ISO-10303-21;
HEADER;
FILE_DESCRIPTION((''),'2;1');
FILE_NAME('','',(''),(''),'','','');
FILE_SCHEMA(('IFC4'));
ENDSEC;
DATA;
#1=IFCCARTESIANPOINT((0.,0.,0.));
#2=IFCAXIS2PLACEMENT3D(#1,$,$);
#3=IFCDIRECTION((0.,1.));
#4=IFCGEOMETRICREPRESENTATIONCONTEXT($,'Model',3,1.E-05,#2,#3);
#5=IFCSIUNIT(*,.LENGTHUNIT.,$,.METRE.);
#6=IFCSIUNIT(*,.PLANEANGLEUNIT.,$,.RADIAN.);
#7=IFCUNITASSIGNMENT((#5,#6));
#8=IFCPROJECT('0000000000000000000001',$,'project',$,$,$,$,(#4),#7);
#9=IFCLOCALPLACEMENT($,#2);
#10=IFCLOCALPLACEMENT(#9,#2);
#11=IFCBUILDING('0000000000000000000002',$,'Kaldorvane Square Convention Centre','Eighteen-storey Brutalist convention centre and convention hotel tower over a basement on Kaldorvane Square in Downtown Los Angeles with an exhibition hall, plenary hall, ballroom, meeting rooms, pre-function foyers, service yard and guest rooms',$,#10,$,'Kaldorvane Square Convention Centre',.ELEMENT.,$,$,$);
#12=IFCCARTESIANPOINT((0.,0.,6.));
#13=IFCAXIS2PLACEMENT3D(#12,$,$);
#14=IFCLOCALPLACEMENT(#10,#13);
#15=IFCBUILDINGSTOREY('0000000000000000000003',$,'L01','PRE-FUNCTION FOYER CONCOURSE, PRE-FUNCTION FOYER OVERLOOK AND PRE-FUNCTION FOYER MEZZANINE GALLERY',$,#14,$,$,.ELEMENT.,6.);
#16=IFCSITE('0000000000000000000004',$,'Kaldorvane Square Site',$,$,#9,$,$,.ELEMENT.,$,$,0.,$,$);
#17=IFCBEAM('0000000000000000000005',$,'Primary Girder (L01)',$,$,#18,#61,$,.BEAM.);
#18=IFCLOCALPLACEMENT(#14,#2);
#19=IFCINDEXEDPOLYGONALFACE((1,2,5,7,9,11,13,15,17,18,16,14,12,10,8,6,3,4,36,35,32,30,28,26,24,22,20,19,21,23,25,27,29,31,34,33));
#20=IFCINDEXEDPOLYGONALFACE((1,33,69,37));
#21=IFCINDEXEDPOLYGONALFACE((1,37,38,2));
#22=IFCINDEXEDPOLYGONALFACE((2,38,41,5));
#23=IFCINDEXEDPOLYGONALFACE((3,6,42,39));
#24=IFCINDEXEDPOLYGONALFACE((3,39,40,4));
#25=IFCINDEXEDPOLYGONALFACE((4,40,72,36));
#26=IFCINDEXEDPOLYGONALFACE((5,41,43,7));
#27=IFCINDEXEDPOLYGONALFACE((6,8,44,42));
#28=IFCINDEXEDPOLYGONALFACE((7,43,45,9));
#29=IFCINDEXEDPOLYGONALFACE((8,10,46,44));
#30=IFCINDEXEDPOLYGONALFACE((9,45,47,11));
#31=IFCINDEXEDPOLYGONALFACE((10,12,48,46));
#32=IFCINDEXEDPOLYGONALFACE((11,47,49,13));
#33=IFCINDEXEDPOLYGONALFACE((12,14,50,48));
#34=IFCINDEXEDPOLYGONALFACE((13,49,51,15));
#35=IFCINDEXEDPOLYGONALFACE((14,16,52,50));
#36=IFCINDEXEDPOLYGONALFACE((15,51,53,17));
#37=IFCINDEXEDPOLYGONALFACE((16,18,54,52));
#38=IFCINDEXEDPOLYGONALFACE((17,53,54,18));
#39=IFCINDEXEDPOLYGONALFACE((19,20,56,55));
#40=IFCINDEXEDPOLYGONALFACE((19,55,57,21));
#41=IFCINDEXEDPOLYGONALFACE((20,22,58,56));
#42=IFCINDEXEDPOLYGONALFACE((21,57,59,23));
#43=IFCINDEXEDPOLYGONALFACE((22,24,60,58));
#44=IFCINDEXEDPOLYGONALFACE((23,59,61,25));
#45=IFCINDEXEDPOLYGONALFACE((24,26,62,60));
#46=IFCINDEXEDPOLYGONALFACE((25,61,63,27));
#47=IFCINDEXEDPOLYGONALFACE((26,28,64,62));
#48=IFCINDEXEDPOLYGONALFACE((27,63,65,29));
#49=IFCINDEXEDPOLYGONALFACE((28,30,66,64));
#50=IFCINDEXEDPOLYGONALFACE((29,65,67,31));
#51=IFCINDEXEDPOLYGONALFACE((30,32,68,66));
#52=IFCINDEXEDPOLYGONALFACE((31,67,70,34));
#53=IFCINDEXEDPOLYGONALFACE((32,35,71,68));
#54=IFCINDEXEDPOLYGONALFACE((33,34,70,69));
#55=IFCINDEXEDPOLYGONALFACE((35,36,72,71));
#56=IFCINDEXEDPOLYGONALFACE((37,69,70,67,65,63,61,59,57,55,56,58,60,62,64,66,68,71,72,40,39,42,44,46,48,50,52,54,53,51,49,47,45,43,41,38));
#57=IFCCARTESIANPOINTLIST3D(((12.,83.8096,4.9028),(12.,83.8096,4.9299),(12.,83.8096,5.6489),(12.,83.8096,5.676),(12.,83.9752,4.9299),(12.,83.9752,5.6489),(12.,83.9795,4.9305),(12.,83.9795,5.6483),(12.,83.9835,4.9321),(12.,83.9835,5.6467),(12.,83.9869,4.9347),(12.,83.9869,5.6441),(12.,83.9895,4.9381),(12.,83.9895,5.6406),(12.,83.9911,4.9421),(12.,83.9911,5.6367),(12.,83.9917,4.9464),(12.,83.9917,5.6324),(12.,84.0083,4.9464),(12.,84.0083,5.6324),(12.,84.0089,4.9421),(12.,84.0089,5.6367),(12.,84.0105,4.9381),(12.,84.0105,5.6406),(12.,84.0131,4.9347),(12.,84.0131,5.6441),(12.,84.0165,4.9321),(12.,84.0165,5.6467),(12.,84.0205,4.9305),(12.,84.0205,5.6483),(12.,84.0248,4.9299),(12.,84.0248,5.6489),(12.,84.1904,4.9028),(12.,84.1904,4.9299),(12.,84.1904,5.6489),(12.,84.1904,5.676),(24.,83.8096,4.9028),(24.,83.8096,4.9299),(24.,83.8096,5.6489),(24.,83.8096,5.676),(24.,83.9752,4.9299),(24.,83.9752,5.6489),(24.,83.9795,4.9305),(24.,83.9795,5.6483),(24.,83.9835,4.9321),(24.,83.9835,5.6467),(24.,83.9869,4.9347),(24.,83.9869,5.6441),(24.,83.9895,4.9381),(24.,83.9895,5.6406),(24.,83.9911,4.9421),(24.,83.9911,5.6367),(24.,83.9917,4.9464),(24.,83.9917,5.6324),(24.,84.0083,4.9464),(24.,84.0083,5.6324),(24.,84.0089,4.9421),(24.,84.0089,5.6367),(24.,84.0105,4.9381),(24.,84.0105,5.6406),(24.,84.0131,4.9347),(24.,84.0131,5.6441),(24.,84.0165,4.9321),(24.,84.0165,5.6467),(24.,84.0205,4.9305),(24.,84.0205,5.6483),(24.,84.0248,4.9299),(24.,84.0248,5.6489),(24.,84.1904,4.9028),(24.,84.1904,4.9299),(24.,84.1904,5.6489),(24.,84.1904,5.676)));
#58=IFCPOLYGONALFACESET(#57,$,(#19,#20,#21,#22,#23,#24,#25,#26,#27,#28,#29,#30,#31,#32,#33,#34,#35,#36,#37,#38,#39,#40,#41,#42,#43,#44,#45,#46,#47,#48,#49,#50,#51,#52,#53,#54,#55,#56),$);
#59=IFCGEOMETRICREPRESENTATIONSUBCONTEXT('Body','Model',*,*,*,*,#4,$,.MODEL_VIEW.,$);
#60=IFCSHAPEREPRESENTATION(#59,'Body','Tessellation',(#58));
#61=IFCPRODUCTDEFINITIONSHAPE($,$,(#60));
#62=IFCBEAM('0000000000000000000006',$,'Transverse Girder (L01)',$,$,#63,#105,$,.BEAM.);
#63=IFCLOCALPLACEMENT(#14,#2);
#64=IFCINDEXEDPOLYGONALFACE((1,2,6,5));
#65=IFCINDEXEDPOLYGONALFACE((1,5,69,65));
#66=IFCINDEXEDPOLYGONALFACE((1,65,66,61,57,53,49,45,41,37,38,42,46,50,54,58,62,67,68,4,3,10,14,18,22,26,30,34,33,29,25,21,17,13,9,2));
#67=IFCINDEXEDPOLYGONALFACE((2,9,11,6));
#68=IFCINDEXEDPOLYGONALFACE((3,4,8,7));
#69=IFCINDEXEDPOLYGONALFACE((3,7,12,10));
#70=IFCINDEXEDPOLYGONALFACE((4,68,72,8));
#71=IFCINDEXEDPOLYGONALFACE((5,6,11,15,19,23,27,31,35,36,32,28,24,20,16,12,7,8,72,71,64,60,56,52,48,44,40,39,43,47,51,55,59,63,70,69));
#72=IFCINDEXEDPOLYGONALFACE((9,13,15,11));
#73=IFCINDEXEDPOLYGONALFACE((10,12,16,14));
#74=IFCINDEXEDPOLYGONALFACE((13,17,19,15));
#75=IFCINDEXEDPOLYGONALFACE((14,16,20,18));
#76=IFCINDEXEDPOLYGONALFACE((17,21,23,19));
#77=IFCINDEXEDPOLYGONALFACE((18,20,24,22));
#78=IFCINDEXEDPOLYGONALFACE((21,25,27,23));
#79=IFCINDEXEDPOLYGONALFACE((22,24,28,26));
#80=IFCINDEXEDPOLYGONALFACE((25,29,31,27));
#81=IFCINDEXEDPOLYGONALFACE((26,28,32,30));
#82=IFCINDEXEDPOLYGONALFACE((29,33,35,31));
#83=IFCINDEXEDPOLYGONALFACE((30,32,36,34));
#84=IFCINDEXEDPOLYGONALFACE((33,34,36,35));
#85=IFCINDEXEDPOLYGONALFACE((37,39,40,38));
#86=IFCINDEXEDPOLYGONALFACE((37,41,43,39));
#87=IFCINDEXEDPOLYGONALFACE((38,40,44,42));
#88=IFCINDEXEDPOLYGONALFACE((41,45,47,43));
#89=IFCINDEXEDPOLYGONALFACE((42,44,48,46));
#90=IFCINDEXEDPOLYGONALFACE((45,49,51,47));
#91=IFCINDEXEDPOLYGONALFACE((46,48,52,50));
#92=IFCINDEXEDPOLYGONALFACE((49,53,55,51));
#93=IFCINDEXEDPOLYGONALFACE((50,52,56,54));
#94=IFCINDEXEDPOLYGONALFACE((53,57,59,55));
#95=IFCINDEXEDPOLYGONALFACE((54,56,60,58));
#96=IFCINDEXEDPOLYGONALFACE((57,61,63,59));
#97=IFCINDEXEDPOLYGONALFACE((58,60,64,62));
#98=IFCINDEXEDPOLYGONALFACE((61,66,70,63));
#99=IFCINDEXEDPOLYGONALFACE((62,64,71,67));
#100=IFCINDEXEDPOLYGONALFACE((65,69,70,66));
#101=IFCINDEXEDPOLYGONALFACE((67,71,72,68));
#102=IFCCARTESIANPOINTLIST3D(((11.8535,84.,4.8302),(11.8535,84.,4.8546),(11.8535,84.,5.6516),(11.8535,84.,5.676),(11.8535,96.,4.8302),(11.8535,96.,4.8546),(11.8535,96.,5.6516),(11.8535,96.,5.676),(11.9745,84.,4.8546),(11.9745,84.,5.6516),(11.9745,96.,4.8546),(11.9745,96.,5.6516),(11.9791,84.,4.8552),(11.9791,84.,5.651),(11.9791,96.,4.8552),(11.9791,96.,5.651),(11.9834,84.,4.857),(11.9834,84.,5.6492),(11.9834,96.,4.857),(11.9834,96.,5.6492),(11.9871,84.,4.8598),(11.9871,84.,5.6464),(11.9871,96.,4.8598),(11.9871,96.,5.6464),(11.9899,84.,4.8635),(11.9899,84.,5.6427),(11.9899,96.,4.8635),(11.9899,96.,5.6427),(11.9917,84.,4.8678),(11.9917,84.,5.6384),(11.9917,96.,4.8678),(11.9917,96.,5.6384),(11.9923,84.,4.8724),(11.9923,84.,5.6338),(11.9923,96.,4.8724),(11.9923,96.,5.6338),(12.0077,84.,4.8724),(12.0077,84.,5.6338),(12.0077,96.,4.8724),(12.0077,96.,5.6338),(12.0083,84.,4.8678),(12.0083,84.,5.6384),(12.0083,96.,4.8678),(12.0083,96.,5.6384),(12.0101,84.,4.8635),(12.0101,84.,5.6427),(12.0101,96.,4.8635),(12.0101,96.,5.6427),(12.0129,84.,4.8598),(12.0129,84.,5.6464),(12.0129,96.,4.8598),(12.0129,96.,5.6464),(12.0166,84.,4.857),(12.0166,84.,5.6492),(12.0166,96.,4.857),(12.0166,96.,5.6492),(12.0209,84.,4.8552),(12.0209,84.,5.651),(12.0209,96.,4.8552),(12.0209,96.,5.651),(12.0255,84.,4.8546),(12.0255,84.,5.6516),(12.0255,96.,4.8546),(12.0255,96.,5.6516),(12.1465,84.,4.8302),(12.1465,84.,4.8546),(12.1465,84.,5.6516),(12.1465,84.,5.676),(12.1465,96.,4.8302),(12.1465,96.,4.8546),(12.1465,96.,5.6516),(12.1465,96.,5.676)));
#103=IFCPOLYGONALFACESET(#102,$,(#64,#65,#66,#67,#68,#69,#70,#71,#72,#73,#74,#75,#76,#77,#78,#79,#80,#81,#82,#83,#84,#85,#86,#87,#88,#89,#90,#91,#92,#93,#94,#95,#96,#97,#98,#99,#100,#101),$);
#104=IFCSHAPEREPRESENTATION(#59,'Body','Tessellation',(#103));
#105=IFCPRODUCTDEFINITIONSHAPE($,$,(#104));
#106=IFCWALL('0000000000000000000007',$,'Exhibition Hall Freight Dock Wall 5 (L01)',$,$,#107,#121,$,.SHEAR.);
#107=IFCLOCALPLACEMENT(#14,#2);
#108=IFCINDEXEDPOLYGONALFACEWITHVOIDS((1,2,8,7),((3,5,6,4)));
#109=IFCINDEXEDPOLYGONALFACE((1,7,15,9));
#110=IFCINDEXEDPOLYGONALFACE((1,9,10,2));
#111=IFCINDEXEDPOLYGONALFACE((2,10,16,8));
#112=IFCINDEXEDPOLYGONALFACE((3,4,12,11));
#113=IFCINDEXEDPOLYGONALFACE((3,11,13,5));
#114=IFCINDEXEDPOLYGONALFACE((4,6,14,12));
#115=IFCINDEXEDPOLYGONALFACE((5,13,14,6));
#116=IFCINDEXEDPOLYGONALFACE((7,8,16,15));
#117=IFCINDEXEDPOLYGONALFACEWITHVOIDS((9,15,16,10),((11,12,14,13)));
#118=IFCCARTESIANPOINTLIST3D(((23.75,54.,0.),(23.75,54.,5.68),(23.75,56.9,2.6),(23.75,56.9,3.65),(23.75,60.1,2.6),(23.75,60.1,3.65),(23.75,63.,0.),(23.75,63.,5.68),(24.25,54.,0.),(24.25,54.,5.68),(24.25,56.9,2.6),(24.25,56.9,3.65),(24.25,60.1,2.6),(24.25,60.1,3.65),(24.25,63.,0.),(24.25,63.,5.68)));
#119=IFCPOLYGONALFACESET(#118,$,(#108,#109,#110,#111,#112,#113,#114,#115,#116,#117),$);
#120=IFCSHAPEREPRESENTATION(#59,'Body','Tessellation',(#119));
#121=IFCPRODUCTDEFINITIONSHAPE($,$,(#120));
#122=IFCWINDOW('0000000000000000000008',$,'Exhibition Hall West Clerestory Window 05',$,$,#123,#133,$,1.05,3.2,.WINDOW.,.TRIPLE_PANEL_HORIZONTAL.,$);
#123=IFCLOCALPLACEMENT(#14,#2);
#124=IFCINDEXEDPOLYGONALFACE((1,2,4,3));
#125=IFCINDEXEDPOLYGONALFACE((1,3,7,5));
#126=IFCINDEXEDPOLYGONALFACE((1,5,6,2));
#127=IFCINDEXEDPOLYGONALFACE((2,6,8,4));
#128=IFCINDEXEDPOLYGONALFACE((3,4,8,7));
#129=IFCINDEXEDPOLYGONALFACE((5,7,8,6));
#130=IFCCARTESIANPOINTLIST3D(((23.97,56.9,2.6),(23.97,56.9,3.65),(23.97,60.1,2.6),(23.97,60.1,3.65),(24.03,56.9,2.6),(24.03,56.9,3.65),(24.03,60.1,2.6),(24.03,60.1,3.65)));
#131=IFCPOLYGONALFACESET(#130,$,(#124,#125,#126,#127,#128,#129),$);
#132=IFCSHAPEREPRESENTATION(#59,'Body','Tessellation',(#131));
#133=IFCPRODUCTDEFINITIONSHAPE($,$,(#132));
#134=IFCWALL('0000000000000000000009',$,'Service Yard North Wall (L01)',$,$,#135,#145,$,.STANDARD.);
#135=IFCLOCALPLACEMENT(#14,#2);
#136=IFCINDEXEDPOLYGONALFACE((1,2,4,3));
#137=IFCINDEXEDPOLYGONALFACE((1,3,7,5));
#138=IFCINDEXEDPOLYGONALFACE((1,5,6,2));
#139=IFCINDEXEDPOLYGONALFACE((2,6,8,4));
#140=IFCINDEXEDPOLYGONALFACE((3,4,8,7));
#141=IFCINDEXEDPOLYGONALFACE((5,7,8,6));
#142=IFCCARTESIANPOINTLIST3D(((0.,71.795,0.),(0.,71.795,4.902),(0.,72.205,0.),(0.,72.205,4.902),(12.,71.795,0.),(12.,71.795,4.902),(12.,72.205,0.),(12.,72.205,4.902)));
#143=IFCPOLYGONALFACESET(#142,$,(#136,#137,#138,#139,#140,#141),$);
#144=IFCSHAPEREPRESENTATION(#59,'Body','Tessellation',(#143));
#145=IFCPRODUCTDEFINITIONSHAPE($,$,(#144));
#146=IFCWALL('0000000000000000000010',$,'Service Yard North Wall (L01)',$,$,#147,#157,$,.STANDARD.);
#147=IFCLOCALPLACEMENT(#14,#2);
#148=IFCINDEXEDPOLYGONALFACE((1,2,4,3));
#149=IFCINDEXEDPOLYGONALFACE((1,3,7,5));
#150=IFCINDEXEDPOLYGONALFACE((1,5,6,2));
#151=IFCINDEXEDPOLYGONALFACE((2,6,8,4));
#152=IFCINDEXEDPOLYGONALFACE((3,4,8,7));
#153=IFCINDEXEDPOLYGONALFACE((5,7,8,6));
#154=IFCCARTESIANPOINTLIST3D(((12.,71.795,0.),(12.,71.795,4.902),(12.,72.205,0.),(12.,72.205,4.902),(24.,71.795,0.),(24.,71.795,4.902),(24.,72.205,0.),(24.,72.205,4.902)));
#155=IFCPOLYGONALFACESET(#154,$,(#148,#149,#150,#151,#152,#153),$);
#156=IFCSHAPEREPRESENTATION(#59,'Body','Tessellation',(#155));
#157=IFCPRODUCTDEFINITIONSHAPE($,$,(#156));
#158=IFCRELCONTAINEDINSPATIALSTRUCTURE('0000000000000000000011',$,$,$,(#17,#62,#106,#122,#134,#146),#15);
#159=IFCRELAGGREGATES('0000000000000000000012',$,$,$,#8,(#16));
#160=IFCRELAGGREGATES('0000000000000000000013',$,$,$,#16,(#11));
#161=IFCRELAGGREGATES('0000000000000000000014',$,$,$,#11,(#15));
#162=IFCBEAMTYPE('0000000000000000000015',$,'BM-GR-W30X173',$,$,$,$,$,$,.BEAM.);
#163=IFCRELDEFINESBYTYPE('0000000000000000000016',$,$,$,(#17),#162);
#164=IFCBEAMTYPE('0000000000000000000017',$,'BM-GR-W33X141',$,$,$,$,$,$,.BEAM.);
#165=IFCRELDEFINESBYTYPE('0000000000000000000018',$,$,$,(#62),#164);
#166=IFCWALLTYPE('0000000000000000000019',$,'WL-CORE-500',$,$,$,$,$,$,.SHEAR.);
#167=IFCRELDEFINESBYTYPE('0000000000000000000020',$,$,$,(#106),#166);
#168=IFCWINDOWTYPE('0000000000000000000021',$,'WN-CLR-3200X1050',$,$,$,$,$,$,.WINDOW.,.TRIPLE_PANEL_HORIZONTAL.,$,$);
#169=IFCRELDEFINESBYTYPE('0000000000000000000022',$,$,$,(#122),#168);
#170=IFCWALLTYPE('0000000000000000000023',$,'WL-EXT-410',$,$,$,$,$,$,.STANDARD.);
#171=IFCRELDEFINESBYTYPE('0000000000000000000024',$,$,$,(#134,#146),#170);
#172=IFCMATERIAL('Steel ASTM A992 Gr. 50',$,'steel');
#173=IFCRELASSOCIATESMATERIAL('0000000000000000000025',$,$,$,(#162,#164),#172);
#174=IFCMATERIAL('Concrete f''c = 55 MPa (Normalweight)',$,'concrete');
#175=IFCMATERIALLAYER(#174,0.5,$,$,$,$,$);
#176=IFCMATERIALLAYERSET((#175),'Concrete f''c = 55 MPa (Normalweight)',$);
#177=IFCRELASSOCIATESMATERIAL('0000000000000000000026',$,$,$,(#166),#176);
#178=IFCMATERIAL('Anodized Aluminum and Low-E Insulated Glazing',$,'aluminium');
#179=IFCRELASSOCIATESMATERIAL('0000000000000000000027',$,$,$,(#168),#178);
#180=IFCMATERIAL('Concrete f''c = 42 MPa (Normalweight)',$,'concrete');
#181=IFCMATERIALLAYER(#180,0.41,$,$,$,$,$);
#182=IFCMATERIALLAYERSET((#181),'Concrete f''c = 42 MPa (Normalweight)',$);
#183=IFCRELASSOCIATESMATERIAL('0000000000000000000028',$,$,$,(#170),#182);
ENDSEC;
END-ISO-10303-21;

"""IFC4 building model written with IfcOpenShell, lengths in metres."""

from ifc_helpers import new_model, si_unit, direction, frame, frame_2d, origin, origin_2d, place, context, subcontext, project, spatial, rectangle, i_section, extrude, material, layer, layer_set, material_profile, profile_set, type_object, element, fill, save


model = new_model("IFC4")

# Units and contexts
model_context = context("Model", 3, precision=1e-05, world=origin(), true_north=direction((0.0, 1.0)))
body_context = subcontext(model_context, "Body", "Model", "MODEL_VIEW")
ifc_project = project(units=[si_unit("LENGTHUNIT", "METRE"), si_unit("PLANEANGLEUNIT", "RADIAN")], contexts=[model_context])

# Site, building, storey
site_placement = place(None, origin())
site = spatial("IfcSite", under=ifc_project, at=site_placement, Name="Kaldorvane Square Site", CompositionType="ELEMENT", RefElevation=0.0)
building_placement = place(site_placement, origin())
building = spatial("IfcBuilding", under=site, at=building_placement, Name="Kaldorvane Square Convention Centre", Description="Eighteen-storey Brutalist convention centre and convention hotel tower over a basement on Kaldorvane Square in Downtown Los Angeles with an exhibition hall, plenary hall, ballroom, meeting rooms, pre-function foyers, service yard and guest rooms", LongName="Kaldorvane Square Convention Centre", CompositionType="ELEMENT")
storey_placement = place(building_placement, frame((0.0, 0.0, 6.0)))
storey = spatial("IfcBuildingStorey", under=building, at=storey_placement, Name="L01", Description="PRE-FUNCTION FOYER CONCOURSE, PRE-FUNCTION FOYER OVERLOOK AND PRE-FUNCTION FOYER MEZZANINE GALLERY", CompositionType="ELEMENT", Elevation=6.0)

# Shared definitions
ifc_material_1 = material(Name="Concrete f'c = 55 MPa (Normalweight)", Category="concrete")
ifc_material_2 = material(Name="Steel ASTM A992 Gr. 50", Category="steel")

# Beams
ifc_material_profile_1 = material_profile(ifc_material_2, i_section(OverallWidth=0.3807, OverallDepth=0.7732, WebThickness=0.0166, FlangeThickness=0.0271, FilletRadius=0.0165, at=origin_2d()), Name="W30X173")
ifc_profile_set_1 = profile_set([ifc_material_profile_1], Name="Steel ASTM A992 Gr. 50")
beam_type_1 = type_object("IfcBeamType", Name="BM-GR-W30X173", PredefinedType="BEAM", material=ifc_profile_set_1)
for number, where, z_axis, x_axis, name in (
    (1, (12.0, 84.0, 5.2894), (1.0, 0.0, 0.0), (0.0, 1.0, 0.0), "Primary Girder (L01)"),
):
    element("IfcBeam", number, at=place(storey_placement, frame(where, z_axis=z_axis, x_axis=x_axis)), inside=storey, type_object=beam_type_1, Name=name, PredefinedType="BEAM", context=body_context, shape_type="SweptSolid", body=[
        extrude(i_section(OverallWidth=0.3807, OverallDepth=0.7732, WebThickness=0.0166, FlangeThickness=0.0271, FilletRadius=0.0165, at=origin_2d()), origin(), (0.0, 0.0, 1.0), 12.0),
    ])
ifc_material_profile_2 = material_profile(ifc_material_2, i_section(OverallWidth=0.293, OverallDepth=0.8458, WebThickness=0.0154, FlangeThickness=0.0244, FilletRadius=0.0178, at=origin_2d()), Name="W33X141")
ifc_profile_set_2 = profile_set([ifc_material_profile_2], Name="Steel ASTM A992 Gr. 50")
beam_type_2 = type_object("IfcBeamType", Name="BM-GR-W33X141", PredefinedType="BEAM", material=ifc_profile_set_2)
beam_1_placement = place(storey_placement, frame((12.0, 84.0, 5.2531), z_axis=(0.0, 1.0, 0.0), x_axis=(-1.0, 0.0, 0.0)))
element("IfcBeam", 2, at=beam_1_placement, inside=storey, type_object=beam_type_2, Name="Transverse Girder (L01)", PredefinedType="BEAM", context=body_context, shape_type="SweptSolid", body=[
    extrude(i_section(OverallWidth=0.293, OverallDepth=0.8458, WebThickness=0.0154, FlangeThickness=0.0244, FilletRadius=0.0178, at=origin_2d()), origin(), (0.0, 0.0, 1.0), 12.0),
])

# Wall, opening, window
ifc_layer_1 = layer(ifc_material_1, 0.5)
ifc_layer_set_1 = layer_set([ifc_layer_1], Name="Concrete f'c = 55 MPa (Normalweight)")
wall_type_1 = type_object("IfcWallType", Name="WL-CORE-500", PredefinedType="SHEAR", material=ifc_layer_set_1)
wall_1_placement = place(storey_placement, frame((24.0, 63.0, 0.0), z_axis=(0.0, 0.0, 1.0), x_axis=(0.0, -1.0, 0.0)))
wall_1 = element("IfcWall", 3, at=wall_1_placement, inside=storey, type_object=wall_type_1, Name="Exhibition Hall Freight Dock Wall 5 (L01)", PredefinedType="SHEAR", context=body_context, shape_type="SweptSolid", body=[
    extrude(rectangle(XDim=9.0, YDim=0.5, at=frame_2d((4.5, 0.0))), origin(), (0.0, 0.0, 1.0), 5.68),
])
opening_1_placement = place(wall_1_placement, frame((2.9, 0.0, 2.6)))
opening_1 = element("IfcOpeningElement", 4, at=opening_1_placement, cuts=wall_1, PredefinedType="OPENING", context=body_context, shape_type="SweptSolid", body=[
    extrude(rectangle(XDim=3.2, YDim=1.05, at=frame_2d((1.6, 0.525))), frame((0.0, 0.265, 0.0), z_axis=(0.0, -1.0, 0.0), x_axis=(1.0, 0.0, 0.0)), (0.0, 0.0, 1.0), 0.53),
])
ifc_material_3 = material(Name="Anodized Aluminum and Low-E Insulated Glazing", Category="aluminium")
window_type = type_object("IfcWindowType", Name="WN-CLR-3200X1050", PartitioningType="TRIPLE_PANEL_HORIZONTAL", PredefinedType="WINDOW", material=ifc_material_3)
window_placement = place(opening_1_placement, origin())
window = element("IfcWindow", 5, at=window_placement, inside=storey, type_object=window_type, Name="Exhibition Hall West Clerestory Window 05", OverallHeight=1.05, OverallWidth=3.2, PartitioningType="TRIPLE_PANEL_HORIZONTAL", PredefinedType="WINDOW", context=body_context, shape_type="SweptSolid", body=[
    extrude(rectangle(XDim=3.2, YDim=1.05, at=frame_2d((1.6, 0.525))), frame((0.0, 0.03, 0.0), z_axis=(0.0, -1.0, 0.0), x_axis=(1.0, 0.0, 0.0)), (0.0, 0.0, 1.0), 0.06),
])
fill(opening_1, window)

# Walls
ifc_material_4 = material(Name="Concrete f'c = 42 MPa (Normalweight)", Category="concrete")
ifc_layer_2 = layer(ifc_material_4, 0.41)
ifc_layer_set_2 = layer_set([ifc_layer_2], Name="Concrete f'c = 42 MPa (Normalweight)")
wall_type_2 = type_object("IfcWallType", Name="WL-EXT-410", PredefinedType="STANDARD", material=ifc_layer_set_2)
for number, where, z_axis, x_axis, name in (
    (6, (12.0, 72.0, 0.0), (0.0, 0.0, 1.0), (-1.0, 0.0, 0.0), "Service Yard North Wall (L01)"),
    (7, (24.0, 72.0, 0.0), (0.0, 0.0, 1.0), (-1.0, 0.0, 0.0), "Service Yard North Wall (L01)"),
):
    element("IfcWall", number, at=place(storey_placement, frame(where, z_axis=z_axis, x_axis=x_axis)), inside=storey, type_object=wall_type_2, Name=name, PredefinedType="STANDARD", context=body_context, shape_type="SweptSolid", body=[
        extrude(rectangle(XDim=12.0, YDim=0.41, at=frame_2d((6.0, 0.0))), origin(), (0.0, 0.0, 1.0), 4.902),
    ])

save(model, "model.ifc")
